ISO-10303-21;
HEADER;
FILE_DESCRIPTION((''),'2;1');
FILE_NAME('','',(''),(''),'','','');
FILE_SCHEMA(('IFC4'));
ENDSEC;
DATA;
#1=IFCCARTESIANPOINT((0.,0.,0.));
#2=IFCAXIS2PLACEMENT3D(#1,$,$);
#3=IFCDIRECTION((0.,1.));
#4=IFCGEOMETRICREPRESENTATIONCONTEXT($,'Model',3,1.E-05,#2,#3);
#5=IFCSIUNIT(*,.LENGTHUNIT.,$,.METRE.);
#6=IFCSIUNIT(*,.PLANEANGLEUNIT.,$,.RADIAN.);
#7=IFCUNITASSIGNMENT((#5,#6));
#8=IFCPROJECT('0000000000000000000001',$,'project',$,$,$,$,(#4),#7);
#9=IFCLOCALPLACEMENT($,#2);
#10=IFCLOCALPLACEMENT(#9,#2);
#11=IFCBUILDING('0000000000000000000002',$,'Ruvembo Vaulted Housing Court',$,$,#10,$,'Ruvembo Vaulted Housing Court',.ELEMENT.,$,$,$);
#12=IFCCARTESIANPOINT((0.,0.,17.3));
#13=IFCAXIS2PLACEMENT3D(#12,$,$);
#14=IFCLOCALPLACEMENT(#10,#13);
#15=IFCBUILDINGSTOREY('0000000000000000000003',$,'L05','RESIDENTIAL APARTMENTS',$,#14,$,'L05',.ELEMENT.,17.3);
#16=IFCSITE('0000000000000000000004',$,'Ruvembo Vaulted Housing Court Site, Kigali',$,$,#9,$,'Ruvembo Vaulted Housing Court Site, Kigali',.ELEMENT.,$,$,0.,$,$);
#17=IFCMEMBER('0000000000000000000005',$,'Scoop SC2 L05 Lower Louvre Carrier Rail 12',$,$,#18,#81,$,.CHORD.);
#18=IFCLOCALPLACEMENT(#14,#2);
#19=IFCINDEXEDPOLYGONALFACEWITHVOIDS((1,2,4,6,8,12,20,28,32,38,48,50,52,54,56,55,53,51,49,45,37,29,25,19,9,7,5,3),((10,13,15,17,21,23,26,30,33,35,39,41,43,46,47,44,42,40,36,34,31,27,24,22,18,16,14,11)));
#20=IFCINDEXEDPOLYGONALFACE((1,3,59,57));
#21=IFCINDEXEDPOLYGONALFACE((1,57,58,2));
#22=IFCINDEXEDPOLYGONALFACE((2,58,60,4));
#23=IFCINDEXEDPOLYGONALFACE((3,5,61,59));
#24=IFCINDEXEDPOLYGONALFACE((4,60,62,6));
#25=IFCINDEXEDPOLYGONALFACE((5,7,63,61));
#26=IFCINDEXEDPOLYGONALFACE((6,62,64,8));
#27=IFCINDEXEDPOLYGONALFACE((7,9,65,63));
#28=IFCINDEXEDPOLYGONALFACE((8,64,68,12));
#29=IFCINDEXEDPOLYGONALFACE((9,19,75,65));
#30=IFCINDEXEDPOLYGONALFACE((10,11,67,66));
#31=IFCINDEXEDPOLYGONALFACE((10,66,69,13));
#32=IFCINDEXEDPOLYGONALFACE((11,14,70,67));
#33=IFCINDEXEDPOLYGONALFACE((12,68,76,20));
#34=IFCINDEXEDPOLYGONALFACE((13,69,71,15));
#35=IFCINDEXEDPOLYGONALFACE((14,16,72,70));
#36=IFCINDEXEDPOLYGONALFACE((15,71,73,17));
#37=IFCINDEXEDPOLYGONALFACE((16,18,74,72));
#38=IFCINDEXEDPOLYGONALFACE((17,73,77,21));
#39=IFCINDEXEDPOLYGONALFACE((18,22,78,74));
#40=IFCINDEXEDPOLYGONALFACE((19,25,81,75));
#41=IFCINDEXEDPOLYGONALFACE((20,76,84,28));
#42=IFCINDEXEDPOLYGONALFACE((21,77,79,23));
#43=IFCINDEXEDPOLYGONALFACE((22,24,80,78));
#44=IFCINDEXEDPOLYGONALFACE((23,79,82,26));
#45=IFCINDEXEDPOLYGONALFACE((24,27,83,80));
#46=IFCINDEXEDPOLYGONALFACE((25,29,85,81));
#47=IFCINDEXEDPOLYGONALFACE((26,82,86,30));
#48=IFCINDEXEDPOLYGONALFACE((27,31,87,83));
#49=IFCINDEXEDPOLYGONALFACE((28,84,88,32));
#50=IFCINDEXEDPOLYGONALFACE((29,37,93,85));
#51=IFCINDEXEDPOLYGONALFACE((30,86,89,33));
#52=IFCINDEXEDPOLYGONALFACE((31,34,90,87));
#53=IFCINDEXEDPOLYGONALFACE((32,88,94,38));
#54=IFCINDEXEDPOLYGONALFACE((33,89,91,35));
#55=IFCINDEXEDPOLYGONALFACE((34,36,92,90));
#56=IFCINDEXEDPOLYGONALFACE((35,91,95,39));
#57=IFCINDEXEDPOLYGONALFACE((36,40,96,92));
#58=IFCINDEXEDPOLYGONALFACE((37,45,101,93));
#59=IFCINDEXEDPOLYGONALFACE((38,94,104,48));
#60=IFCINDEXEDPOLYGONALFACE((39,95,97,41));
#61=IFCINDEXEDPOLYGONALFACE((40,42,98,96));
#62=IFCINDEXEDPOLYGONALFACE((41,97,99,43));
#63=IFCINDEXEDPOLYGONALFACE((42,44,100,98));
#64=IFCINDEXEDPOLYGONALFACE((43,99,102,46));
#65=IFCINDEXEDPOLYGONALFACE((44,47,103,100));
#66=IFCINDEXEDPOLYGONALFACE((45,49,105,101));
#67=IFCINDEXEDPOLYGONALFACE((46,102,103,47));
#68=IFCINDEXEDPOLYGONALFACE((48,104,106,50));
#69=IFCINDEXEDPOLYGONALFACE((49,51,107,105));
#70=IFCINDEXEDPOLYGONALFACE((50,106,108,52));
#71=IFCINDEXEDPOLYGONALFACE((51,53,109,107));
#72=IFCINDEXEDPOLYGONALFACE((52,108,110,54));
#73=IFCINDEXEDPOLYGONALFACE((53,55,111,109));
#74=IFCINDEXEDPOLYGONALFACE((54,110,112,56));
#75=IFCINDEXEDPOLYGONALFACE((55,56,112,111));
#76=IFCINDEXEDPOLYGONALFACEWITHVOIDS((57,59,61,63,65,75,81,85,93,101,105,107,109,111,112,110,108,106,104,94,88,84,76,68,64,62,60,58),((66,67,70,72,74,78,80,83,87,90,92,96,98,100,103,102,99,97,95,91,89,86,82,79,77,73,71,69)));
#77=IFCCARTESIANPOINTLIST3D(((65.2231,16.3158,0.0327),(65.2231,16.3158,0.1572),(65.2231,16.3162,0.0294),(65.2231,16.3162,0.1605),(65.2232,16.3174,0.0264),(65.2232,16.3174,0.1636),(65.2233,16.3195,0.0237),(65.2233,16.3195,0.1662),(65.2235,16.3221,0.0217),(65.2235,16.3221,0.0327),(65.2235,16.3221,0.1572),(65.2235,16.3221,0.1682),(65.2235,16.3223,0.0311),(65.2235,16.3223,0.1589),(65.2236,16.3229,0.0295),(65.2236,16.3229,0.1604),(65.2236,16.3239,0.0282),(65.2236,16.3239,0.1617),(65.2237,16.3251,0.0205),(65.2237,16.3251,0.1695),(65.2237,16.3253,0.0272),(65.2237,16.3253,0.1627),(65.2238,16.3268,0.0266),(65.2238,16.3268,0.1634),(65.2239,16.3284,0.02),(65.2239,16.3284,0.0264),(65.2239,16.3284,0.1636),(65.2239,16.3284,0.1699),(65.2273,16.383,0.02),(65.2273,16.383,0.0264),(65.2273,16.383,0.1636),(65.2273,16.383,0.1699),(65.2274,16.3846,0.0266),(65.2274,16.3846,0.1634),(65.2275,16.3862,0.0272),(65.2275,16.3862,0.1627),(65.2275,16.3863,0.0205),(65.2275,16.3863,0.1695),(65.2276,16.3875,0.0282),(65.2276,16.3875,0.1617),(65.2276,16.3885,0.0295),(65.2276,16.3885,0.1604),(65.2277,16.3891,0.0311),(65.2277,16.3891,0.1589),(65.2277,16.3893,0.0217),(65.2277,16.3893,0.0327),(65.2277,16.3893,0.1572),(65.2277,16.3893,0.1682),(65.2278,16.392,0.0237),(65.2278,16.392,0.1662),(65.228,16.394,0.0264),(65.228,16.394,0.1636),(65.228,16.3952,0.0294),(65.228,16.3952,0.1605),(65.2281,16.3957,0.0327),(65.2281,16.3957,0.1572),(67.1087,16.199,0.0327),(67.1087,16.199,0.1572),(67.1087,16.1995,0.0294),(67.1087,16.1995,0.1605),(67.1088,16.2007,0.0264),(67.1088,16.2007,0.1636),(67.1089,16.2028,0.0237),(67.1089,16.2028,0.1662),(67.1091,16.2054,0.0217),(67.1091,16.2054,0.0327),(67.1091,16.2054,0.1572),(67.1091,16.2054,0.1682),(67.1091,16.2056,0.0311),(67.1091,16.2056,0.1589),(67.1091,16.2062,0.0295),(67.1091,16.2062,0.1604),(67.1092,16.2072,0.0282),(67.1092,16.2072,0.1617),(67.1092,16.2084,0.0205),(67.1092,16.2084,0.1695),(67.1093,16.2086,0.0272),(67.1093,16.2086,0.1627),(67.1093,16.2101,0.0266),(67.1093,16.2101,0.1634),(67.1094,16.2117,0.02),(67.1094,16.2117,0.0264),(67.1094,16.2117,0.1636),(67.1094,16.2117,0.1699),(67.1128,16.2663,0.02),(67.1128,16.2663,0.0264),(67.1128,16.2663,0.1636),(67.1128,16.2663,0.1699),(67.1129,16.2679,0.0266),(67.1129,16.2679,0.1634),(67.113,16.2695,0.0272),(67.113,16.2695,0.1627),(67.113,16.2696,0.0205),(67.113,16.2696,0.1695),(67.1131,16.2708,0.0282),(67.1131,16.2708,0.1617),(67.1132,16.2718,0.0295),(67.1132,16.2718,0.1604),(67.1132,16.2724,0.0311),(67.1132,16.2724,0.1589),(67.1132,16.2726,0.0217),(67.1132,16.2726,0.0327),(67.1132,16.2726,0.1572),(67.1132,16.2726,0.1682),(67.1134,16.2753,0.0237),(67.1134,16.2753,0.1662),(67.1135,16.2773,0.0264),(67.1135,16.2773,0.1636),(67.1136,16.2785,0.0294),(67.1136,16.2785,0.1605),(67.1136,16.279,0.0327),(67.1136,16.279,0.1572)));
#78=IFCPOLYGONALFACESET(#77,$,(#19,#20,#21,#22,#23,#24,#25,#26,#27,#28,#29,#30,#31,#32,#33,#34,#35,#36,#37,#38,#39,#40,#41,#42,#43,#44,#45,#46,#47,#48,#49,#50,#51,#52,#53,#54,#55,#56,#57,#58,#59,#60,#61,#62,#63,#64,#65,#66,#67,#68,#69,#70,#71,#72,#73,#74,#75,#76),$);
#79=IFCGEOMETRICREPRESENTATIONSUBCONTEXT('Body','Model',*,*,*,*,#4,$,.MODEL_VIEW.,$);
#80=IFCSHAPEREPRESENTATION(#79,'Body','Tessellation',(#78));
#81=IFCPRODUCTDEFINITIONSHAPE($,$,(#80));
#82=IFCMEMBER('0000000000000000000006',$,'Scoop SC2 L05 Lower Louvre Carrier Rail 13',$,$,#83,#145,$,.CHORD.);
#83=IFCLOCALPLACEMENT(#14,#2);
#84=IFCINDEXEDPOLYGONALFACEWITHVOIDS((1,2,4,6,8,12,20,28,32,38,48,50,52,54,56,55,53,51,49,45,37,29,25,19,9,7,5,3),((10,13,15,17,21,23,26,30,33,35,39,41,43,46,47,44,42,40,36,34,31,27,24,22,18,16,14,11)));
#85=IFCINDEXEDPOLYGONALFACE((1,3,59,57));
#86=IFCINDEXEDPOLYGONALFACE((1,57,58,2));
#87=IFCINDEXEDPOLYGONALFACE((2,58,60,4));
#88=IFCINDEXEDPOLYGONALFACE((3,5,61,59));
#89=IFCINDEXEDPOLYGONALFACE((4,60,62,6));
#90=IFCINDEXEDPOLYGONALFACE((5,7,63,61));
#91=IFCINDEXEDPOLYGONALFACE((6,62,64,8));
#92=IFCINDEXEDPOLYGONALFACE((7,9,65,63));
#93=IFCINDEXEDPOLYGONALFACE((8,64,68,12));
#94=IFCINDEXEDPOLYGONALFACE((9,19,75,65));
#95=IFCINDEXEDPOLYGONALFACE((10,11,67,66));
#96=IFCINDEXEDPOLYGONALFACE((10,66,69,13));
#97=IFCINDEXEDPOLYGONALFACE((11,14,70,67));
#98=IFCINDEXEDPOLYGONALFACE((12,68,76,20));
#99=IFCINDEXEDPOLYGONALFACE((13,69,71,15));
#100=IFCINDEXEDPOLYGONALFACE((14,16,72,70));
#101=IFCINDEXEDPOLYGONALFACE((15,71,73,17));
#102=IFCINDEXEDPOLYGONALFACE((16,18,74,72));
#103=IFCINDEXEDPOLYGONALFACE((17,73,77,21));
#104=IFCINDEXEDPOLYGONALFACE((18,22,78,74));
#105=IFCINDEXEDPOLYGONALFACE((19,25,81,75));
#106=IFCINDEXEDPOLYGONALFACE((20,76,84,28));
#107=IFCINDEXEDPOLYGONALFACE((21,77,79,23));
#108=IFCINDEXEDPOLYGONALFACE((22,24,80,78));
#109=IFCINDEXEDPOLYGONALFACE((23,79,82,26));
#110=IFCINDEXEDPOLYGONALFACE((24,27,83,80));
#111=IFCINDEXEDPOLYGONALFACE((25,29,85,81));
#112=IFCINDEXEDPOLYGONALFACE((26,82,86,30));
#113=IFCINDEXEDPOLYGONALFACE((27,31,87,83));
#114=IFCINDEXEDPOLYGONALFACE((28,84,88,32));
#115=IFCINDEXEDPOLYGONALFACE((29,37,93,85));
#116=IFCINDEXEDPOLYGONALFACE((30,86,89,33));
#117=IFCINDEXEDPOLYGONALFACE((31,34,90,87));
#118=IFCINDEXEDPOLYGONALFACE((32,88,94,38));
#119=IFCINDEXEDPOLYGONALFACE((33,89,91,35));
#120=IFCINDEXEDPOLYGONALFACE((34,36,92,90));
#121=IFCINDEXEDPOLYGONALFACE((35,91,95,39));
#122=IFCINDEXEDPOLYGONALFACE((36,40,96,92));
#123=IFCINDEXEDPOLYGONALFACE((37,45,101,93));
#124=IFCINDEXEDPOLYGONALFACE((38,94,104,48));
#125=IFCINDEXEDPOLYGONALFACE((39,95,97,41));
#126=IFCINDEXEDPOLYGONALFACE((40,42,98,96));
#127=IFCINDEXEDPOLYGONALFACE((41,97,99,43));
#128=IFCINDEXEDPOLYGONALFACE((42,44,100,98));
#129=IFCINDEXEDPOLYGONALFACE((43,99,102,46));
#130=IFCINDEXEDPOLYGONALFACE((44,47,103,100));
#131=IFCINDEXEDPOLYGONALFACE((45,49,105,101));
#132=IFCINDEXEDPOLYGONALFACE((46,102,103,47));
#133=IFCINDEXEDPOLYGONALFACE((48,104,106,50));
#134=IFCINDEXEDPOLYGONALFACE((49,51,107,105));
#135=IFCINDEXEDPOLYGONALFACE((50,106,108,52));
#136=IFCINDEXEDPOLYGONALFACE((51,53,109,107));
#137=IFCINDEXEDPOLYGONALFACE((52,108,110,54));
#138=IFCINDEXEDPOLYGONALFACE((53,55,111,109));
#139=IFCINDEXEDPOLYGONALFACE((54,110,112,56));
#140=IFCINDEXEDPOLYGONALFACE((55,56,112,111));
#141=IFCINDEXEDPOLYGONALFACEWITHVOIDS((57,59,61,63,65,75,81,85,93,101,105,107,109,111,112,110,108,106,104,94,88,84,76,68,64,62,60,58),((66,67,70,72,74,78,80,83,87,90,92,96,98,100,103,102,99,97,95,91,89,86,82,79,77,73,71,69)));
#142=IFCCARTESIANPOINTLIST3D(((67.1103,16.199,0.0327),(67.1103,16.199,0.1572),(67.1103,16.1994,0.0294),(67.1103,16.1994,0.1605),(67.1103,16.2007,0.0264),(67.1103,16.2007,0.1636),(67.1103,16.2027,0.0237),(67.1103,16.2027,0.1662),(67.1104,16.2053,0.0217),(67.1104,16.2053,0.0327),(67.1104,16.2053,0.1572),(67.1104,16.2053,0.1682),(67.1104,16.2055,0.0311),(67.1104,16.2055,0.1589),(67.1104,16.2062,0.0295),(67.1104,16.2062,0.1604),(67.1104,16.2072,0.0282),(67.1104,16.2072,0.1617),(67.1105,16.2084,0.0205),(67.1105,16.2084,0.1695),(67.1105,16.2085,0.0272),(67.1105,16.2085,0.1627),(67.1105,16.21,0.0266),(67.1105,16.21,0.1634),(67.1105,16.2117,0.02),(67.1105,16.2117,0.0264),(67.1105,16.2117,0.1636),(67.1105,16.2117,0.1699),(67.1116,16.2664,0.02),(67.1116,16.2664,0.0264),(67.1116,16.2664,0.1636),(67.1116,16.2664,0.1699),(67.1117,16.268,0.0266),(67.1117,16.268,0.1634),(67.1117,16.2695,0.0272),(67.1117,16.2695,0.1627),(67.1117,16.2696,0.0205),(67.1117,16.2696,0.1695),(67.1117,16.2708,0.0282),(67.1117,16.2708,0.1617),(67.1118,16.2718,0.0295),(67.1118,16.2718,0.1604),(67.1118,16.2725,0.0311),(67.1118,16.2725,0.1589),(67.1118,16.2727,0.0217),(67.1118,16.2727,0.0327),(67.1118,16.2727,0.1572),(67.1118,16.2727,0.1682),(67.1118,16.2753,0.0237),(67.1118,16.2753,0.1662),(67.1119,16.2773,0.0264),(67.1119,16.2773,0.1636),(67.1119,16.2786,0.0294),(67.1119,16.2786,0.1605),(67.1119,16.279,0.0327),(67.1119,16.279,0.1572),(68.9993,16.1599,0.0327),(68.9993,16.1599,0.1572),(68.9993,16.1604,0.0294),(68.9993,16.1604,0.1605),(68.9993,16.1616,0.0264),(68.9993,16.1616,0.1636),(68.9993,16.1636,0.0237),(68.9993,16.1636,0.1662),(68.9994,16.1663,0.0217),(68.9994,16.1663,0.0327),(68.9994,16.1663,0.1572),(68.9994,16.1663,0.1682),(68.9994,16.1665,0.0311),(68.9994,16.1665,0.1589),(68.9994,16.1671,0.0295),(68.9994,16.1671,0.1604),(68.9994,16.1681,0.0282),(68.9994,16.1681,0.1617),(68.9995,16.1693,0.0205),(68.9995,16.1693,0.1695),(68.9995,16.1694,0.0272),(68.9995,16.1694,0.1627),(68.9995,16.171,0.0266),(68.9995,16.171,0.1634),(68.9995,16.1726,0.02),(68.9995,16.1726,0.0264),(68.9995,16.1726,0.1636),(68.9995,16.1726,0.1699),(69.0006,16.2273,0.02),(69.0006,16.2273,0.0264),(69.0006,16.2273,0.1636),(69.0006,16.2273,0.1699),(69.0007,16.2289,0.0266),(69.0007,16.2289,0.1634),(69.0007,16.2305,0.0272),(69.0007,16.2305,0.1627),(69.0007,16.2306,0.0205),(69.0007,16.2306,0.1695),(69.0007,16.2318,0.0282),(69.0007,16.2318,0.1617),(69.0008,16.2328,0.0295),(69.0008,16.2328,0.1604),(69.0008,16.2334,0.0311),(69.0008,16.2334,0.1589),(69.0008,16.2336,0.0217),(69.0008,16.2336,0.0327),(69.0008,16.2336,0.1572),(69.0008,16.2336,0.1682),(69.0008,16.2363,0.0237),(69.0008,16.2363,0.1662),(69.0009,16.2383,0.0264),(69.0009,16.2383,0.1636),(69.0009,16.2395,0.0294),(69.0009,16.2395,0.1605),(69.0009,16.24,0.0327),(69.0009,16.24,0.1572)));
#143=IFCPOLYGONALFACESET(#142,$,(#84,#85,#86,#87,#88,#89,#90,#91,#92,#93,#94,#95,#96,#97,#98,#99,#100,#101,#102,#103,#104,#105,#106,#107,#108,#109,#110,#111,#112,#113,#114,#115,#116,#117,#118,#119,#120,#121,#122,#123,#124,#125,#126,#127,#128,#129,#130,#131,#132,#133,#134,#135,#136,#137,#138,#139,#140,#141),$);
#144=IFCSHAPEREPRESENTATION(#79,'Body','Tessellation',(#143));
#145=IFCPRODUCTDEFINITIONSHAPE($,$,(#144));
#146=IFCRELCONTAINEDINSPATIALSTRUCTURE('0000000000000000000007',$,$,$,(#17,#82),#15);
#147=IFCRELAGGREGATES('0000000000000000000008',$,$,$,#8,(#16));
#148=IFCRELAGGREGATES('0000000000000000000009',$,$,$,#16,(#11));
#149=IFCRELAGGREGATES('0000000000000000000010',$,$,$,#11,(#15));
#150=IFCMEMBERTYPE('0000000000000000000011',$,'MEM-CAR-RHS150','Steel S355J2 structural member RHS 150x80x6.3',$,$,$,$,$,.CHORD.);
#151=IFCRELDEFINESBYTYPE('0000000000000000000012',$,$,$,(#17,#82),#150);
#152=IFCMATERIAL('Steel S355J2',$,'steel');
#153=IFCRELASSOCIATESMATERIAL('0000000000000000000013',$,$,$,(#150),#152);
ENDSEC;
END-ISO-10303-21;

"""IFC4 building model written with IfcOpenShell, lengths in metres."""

from ifc_helpers import new_model, si_unit, direction, frame, origin, origin_2d, place, context, subcontext, project, spatial, hollow_rectangle, extrude, material, material_profile, profile_set, type_object, element, save


model = new_model("IFC4")

# Units and contexts
model_context = context("Model", 3, precision=1e-05, world=origin(), true_north=direction((0.0, 1.0)))
body_context = subcontext(model_context, "Body", "Model", "MODEL_VIEW")
ifc_project = project(units=[si_unit("LENGTHUNIT", "METRE"), si_unit("PLANEANGLEUNIT", "RADIAN")], contexts=[model_context])

# Site, building, storey
site_placement = place(None, origin())
site = spatial("IfcSite", under=ifc_project, at=site_placement, Name="Ruvembo Vaulted Housing Court Site, Kigali", LongName="Ruvembo Vaulted Housing Court Site, Kigali", CompositionType="ELEMENT", RefElevation=0.0)
building_placement = place(site_placement, origin())
building = spatial("IfcBuilding", under=site, at=building_placement, Name="Ruvembo Vaulted Housing Court", LongName="Ruvembo Vaulted Housing Court", CompositionType="ELEMENT")
storey_placement = place(building_placement, frame((0.0, 0.0, 17.3)))
storey = spatial("IfcBuildingStorey", under=building, at=storey_placement, Name="L05", Description="RESIDENTIAL APARTMENTS", LongName="L05", CompositionType="ELEMENT", Elevation=17.3)

# Shared definitions
ifc_material_1 = material(Name="Steel S355J2", Category="steel")

# Members
ifc_material_profile_1 = material_profile(ifc_material_1, hollow_rectangle(XDim=0.0801, YDim=0.1499, WallThickness=0.0063, InnerFilletRadius=0.0063, OuterFilletRadius=0.0127, at=origin_2d()), Name="RHS 150x80x6.3")
ifc_profile_set_1 = profile_set([ifc_material_profile_1], Name="Steel S355J2")
member_type_1 = type_object("IfcMemberType", Name="MEM-CAR-RHS150", Description="Steel S355J2 structural member RHS 150x80x6.3", PredefinedType="CHORD", material=ifc_profile_set_1)
member_1_placement = place(storey_placement, frame((65.2256, 16.3557, 0.095), z_axis=(0.99809, -0.061775, 0.0), x_axis=(0.061775, 0.99809, 0.0)))
element("IfcMember", 1, at=member_1_placement, inside=storey, type_object=member_type_1, Name="Scoop SC2 L05 Lower Louvre Carrier Rail 12", PredefinedType="CHORD", context=body_context, shape_type="SweptSolid", body=[
    extrude(hollow_rectangle(XDim=0.0801, YDim=0.1499, WallThickness=0.0063, InnerFilletRadius=0.0063, OuterFilletRadius=0.0127, at=origin_2d()), origin(), (0.0, 0.0, 1.0), 1.8892),
])
member_2_placement = place(storey_placement, frame((67.1111, 16.239, 0.095), z_axis=(0.999786, -0.020675, 0.0), x_axis=(0.020675, 0.999786, 0.0)))
element("IfcMember", 2, at=member_2_placement, inside=storey, type_object=member_type_1, Name="Scoop SC2 L05 Lower Louvre Carrier Rail 13", PredefinedType="CHORD", context=body_context, shape_type="SweptSolid", body=[
    extrude(hollow_rectangle(XDim=0.0801, YDim=0.1499, WallThickness=0.0063, InnerFilletRadius=0.0063, OuterFilletRadius=0.0127, at=origin_2d()), origin(), (0.0, 0.0, 1.0), 1.8894),
])

save(model, "model.ifc")
